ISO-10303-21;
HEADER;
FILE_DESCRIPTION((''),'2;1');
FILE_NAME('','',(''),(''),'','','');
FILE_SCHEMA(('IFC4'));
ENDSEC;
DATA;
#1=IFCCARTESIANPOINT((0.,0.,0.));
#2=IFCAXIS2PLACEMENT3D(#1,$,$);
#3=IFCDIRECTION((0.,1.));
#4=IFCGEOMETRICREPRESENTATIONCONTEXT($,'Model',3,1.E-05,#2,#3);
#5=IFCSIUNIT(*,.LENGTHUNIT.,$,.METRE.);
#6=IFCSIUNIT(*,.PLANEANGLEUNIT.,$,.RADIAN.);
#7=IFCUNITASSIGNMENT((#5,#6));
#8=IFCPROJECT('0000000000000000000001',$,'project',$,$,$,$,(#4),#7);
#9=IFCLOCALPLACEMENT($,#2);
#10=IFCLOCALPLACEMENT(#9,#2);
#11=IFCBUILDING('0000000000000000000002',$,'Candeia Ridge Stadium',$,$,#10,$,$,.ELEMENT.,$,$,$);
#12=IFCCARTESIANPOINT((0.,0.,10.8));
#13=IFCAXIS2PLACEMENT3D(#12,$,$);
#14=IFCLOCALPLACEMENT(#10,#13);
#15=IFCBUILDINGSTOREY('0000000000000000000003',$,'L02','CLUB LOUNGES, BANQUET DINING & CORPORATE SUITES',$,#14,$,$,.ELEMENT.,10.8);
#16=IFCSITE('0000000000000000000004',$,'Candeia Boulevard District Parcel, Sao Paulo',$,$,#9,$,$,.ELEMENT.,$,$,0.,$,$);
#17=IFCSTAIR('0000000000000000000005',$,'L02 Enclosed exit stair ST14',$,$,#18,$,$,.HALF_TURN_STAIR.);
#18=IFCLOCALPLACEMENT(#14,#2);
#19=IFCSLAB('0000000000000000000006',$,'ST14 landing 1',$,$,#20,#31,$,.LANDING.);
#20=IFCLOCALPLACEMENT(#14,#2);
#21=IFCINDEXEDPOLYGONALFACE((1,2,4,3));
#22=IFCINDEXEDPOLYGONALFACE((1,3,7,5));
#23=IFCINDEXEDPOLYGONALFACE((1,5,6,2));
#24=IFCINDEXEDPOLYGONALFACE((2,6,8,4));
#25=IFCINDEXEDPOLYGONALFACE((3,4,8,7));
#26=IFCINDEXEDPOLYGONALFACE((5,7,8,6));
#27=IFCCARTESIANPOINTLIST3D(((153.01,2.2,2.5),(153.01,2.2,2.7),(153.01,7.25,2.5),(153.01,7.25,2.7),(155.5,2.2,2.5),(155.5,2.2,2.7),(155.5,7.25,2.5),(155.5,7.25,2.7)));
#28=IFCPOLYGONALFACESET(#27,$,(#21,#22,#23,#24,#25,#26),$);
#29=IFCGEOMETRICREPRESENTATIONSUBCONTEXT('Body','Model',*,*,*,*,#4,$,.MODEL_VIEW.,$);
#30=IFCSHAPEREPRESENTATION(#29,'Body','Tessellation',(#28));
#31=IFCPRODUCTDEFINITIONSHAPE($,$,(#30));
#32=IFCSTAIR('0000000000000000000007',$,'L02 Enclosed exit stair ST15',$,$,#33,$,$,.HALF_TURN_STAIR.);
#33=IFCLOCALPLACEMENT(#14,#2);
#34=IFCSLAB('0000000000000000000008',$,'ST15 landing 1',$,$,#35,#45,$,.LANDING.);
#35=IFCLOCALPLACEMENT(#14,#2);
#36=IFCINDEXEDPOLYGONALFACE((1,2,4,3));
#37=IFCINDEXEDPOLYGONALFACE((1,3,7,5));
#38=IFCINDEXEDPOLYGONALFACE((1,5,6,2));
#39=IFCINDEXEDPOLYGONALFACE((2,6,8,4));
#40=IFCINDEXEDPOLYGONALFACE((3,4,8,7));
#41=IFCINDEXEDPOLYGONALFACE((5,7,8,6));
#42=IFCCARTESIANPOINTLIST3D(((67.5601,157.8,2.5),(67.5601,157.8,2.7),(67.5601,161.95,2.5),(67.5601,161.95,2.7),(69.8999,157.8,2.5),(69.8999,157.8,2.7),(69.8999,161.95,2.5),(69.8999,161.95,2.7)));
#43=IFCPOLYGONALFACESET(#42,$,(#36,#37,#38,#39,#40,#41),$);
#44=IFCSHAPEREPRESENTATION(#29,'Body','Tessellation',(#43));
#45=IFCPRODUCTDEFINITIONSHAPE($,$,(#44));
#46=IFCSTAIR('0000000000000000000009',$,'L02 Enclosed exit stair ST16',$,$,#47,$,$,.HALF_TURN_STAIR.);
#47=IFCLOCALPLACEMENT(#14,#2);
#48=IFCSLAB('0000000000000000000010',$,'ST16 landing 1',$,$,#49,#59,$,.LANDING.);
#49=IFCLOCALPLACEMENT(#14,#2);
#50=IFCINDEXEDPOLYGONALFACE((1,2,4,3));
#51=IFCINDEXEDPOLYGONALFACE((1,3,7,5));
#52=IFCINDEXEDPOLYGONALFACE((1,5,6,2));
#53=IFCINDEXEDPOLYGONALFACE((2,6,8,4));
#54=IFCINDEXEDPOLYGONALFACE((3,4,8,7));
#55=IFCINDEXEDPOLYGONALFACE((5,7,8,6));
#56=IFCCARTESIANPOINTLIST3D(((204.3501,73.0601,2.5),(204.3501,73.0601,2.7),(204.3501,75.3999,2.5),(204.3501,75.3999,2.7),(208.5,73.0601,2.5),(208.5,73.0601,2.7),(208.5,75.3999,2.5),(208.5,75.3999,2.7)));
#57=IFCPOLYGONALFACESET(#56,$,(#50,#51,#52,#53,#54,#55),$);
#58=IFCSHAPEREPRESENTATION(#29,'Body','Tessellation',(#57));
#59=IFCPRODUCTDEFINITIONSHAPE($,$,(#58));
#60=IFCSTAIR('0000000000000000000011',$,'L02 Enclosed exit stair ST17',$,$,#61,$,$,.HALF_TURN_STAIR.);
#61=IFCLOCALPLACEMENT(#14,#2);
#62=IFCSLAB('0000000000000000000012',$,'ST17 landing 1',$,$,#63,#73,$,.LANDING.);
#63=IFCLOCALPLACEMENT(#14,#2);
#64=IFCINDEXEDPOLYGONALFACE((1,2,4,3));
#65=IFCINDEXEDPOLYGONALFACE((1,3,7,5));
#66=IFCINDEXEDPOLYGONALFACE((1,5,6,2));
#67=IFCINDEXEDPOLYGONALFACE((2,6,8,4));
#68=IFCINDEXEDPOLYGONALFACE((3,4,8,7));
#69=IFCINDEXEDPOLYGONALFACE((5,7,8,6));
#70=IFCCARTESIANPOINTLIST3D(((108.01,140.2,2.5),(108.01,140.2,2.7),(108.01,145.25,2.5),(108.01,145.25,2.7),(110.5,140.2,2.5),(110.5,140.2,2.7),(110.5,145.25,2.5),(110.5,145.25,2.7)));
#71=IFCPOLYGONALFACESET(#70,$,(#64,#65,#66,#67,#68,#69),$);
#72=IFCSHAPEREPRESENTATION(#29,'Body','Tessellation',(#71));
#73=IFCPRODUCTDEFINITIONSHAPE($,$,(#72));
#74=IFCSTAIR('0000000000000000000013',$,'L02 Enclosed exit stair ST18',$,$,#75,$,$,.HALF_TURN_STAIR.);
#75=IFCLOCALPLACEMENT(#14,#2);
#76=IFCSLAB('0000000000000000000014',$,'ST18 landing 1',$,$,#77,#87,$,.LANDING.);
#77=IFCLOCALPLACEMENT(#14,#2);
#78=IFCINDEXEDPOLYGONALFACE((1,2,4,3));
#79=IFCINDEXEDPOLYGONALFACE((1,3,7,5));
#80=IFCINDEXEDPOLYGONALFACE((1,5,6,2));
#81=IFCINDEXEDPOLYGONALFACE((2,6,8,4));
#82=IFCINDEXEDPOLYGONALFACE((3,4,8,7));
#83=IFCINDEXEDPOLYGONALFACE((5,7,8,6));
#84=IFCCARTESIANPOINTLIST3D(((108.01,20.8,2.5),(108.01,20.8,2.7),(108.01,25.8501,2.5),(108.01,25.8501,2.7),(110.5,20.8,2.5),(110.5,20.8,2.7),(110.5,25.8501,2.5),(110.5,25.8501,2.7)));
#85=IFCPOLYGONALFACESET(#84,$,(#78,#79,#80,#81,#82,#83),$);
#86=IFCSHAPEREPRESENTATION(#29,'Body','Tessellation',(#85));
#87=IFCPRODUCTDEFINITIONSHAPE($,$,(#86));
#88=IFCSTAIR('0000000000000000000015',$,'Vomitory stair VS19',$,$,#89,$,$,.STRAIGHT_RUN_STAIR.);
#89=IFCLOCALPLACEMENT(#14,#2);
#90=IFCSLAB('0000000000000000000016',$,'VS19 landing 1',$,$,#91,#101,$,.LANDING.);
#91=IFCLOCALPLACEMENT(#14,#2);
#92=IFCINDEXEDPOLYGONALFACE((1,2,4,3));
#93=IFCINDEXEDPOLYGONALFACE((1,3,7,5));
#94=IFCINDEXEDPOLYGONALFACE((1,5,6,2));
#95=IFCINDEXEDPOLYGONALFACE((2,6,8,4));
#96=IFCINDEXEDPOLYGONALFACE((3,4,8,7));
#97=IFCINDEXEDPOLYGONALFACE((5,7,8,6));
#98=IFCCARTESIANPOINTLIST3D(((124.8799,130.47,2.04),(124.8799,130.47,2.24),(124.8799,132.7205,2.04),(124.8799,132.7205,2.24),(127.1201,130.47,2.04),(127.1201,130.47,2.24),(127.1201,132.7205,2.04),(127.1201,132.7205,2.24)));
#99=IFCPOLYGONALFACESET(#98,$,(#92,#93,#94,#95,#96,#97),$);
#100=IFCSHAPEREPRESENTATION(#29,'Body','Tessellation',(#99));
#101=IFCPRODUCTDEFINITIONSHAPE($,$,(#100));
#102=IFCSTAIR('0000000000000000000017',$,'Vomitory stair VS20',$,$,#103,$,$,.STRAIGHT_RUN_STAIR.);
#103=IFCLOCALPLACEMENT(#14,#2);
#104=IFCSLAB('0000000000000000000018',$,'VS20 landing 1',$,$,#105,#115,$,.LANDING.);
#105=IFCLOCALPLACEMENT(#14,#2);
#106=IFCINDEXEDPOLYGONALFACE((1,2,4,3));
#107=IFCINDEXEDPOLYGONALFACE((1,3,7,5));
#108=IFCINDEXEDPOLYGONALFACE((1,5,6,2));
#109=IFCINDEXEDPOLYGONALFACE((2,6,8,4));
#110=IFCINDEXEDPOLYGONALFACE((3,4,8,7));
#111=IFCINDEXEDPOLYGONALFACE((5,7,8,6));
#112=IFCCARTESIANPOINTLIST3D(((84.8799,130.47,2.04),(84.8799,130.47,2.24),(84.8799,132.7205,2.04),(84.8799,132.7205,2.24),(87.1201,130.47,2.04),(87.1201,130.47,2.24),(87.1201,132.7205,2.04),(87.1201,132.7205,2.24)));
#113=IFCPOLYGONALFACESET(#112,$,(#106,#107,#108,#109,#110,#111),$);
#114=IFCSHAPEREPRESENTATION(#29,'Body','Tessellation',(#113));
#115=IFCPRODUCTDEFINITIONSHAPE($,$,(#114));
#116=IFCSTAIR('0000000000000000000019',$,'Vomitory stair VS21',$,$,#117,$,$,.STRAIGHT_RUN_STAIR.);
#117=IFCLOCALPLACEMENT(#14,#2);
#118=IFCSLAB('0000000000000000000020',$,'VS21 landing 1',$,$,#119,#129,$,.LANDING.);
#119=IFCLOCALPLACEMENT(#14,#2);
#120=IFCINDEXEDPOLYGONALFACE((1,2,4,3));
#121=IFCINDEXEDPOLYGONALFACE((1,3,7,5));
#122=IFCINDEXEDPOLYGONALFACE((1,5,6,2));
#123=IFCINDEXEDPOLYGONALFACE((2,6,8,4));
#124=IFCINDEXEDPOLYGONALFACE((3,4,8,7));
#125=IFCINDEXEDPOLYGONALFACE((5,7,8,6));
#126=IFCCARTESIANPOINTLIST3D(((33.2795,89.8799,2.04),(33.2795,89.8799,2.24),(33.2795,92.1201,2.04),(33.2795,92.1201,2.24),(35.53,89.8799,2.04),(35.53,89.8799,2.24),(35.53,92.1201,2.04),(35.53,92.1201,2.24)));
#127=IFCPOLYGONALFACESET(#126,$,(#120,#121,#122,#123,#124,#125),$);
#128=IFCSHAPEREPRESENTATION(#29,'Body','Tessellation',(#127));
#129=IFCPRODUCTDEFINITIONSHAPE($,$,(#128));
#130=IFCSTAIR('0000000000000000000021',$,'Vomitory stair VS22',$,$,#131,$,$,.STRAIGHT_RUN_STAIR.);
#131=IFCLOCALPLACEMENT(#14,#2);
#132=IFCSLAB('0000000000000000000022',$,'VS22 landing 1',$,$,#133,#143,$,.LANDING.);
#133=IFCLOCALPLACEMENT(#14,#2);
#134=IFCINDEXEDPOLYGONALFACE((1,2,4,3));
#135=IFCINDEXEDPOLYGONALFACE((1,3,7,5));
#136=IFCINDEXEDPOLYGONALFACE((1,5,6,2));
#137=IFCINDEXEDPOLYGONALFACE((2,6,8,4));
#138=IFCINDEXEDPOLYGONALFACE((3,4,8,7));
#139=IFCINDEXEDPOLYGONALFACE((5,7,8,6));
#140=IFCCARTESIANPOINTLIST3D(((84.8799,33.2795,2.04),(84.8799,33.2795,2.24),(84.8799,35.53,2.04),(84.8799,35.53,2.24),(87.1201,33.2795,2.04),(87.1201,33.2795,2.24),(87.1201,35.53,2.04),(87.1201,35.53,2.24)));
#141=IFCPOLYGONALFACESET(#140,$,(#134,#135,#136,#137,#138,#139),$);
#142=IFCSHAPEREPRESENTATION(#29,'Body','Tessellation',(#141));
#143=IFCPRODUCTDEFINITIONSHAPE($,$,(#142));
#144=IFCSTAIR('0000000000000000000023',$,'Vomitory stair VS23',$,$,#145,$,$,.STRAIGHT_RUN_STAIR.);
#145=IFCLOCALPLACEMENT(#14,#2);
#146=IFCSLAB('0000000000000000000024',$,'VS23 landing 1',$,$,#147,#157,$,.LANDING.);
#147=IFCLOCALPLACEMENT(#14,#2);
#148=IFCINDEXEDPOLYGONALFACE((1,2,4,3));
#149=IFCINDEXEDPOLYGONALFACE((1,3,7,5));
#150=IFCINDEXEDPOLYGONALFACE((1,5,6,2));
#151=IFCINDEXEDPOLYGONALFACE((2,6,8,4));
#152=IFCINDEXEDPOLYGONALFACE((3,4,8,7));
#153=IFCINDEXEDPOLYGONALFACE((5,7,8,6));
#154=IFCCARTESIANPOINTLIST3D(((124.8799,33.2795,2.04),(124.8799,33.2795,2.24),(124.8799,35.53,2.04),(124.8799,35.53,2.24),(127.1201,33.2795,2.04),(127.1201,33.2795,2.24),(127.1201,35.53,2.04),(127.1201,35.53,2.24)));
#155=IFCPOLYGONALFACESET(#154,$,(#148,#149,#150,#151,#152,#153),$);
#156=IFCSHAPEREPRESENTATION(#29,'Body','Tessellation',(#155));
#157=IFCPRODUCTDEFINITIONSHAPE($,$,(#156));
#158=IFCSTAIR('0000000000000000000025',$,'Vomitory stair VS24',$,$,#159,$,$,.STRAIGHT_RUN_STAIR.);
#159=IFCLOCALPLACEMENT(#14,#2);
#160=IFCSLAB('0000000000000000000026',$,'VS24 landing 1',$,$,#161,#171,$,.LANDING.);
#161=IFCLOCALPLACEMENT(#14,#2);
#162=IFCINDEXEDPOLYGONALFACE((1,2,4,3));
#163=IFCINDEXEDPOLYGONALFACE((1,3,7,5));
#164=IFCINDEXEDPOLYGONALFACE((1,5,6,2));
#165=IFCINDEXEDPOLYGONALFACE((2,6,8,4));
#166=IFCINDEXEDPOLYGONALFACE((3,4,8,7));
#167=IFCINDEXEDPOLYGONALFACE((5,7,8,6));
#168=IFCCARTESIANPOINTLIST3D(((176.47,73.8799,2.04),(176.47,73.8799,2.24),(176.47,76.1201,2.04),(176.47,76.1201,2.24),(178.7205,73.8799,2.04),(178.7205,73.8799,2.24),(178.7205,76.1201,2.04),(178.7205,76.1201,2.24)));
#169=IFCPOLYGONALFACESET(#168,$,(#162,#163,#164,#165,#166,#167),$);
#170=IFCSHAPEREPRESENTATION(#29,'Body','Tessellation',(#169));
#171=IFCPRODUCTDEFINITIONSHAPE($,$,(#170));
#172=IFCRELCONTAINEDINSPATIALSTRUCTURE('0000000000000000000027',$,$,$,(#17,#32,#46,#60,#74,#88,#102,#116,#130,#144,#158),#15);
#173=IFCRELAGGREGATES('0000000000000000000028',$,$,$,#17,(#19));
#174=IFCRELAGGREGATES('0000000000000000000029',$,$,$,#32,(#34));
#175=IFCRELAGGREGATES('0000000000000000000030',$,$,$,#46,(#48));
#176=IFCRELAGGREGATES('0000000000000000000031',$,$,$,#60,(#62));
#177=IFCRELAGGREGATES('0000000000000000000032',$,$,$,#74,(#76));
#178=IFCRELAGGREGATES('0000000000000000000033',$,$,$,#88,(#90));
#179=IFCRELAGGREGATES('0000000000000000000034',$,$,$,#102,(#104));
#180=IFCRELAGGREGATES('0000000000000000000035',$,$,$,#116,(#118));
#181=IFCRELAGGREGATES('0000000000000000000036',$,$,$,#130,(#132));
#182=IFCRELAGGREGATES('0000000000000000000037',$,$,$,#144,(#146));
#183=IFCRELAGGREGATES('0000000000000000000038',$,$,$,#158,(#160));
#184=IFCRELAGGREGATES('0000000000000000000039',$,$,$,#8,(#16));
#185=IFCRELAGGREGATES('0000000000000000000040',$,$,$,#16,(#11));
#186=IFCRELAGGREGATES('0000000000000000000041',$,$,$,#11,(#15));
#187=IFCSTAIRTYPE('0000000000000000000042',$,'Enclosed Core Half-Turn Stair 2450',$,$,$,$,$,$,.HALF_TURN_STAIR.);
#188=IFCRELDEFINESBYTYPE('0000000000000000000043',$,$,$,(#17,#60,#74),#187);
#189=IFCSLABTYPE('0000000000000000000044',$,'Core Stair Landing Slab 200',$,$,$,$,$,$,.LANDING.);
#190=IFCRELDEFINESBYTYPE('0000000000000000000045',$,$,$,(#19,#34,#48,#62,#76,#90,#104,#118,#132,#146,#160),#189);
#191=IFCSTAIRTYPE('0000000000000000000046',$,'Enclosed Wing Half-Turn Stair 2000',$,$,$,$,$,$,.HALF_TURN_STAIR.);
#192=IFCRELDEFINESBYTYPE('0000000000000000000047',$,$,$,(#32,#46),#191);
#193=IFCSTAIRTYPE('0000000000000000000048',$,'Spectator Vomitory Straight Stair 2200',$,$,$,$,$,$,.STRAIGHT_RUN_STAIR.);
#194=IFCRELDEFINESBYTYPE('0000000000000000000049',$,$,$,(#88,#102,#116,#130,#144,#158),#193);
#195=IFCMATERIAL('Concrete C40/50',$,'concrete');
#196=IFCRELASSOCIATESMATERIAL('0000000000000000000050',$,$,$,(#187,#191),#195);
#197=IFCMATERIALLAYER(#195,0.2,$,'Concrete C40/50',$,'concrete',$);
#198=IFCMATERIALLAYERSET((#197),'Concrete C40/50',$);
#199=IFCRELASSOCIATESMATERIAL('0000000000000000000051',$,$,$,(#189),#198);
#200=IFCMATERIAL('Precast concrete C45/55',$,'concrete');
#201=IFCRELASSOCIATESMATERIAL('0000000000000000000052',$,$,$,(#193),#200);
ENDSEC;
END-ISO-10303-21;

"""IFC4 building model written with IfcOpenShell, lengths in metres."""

from ifc_helpers import new_model, si_unit, direction, frame, origin, place, context, subcontext, project, spatial, polyline, outline, extrude, material, layer, layer_set, type_object, element, aggregate, save


model = new_model("IFC4")

# Units and contexts
model_context = context("Model", 3, precision=1e-05, world=origin(), true_north=direction((0.0, 1.0)))
body_context = subcontext(model_context, "Body", "Model", "MODEL_VIEW")
ifc_project = project(units=[si_unit("LENGTHUNIT", "METRE"), si_unit("PLANEANGLEUNIT", "RADIAN")], contexts=[model_context])

# Site, building, storey
site_placement = place(None, origin())
site = spatial("IfcSite", under=ifc_project, at=site_placement, Name="Candeia Boulevard District Parcel, Sao Paulo", CompositionType="ELEMENT", RefElevation=0.0)
building_placement = place(site_placement, origin())
building = spatial("IfcBuilding", under=site, at=building_placement, Name="Candeia Ridge Stadium", CompositionType="ELEMENT")
storey_placement = place(building_placement, frame((0.0, 0.0, 10.8)))
storey = spatial("IfcBuildingStorey", under=building, at=storey_placement, Name="L02", Description="CLUB LOUNGES, BANQUET DINING & CORPORATE SUITES", CompositionType="ELEMENT", Elevation=10.8)

# Stairs, slabs
ifc_material_1 = material(Name="Concrete C40/50", Category="concrete")
stair_type_1 = type_object("IfcStairType", Name="Enclosed Core Half-Turn Stair 2450", PredefinedType="HALF_TURN_STAIR", material=ifc_material_1)
stair_1_placement = place(storey_placement, origin())
stair_1 = element("IfcStair", 1, at=stair_1_placement, inside=storey, type_object=stair_type_1, Name="L02 Enclosed exit stair ST14", PredefinedType="HALF_TURN_STAIR")
ifc_layer_1 = layer(ifc_material_1, 0.2, Name="Concrete C40/50", Category="concrete")
ifc_layer_set_1 = layer_set([ifc_layer_1], Name="Concrete C40/50")
slab_type = type_object("IfcSlabType", Name="Core Stair Landing Slab 200", PredefinedType="LANDING", material=ifc_layer_set_1)
slab_1_placement = place(storey_placement, frame((0.0, 0.0, 2.5)))
slab_1 = element("IfcSlab", 2, at=slab_1_placement, type_object=slab_type, Name="ST14 landing 1", PredefinedType="LANDING", context=body_context, shape_type="SweptSolid", body=[
    extrude(outline(polyline([(153.01, 2.2), (155.5, 2.2), (155.5, 7.25), (153.01, 7.25), (153.01, 2.2)])), origin(), (0.0, 0.0, 1.0), 0.2),
])
aggregate(stair_1, [slab_1])
stair_type_2 = type_object("IfcStairType", Name="Enclosed Wing Half-Turn Stair 2000", PredefinedType="HALF_TURN_STAIR", material=ifc_material_1)
stair_2_placement = place(storey_placement, origin())
stair_2 = element("IfcStair", 3, at=stair_2_placement, inside=storey, type_object=stair_type_2, Name="L02 Enclosed exit stair ST15", PredefinedType="HALF_TURN_STAIR")
slab_2_placement = place(storey_placement, frame((0.0, 0.0, 2.5)))
slab_2 = element("IfcSlab", 4, at=slab_2_placement, type_object=slab_type, Name="ST15 landing 1", PredefinedType="LANDING", context=body_context, shape_type="SweptSolid", body=[
    extrude(outline(polyline([(67.5601, 157.8), (69.8999, 157.8), (69.8999, 161.95), (67.5601, 161.95), (67.5601, 157.8)])), origin(), (0.0, 0.0, 1.0), 0.2),
])
aggregate(stair_2, [slab_2])
stair_3_placement = place(storey_placement, origin())
stair_3 = element("IfcStair", 5, at=stair_3_placement, inside=storey, type_object=stair_type_2, Name="L02 Enclosed exit stair ST16", PredefinedType="HALF_TURN_STAIR")
slab_3_placement = place(storey_placement, frame((0.0, 0.0, 2.5)))
slab_3 = element("IfcSlab", 6, at=slab_3_placement, type_object=slab_type, Name="ST16 landing 1", PredefinedType="LANDING", context=body_context, shape_type="SweptSolid", body=[
    extrude(outline(polyline([(208.5, 73.0601), (208.5, 75.3999), (204.3501, 75.3999), (204.3501, 73.0601), (208.5, 73.0601)])), origin(), (0.0, 0.0, 1.0), 0.2),
])
aggregate(stair_3, [slab_3])
stair_4_placement = place(storey_placement, origin())
stair_4 = element("IfcStair", 7, at=stair_4_placement, inside=storey, type_object=stair_type_1, Name="L02 Enclosed exit stair ST17", PredefinedType="HALF_TURN_STAIR")
slab_4_placement = place(storey_placement, frame((0.0, 0.0, 2.5)))
slab_4 = element("IfcSlab", 8, at=slab_4_placement, type_object=slab_type, Name="ST17 landing 1", PredefinedType="LANDING", context=body_context, shape_type="SweptSolid", body=[
    extrude(outline(polyline([(108.01, 140.2), (110.5, 140.2), (110.5, 145.25), (108.01, 145.25), (108.01, 140.2)])), origin(), (0.0, 0.0, 1.0), 0.2),
])
aggregate(stair_4, [slab_4])
stair_5_placement = place(storey_placement, origin())
stair_5 = element("IfcStair", 9, at=stair_5_placement, inside=storey, type_object=stair_type_1, Name="L02 Enclosed exit stair ST18", PredefinedType="HALF_TURN_STAIR")
slab_5_placement = place(storey_placement, frame((0.0, 0.0, 2.5)))
slab_5 = element("IfcSlab", 10, at=slab_5_placement, type_object=slab_type, Name="ST18 landing 1", PredefinedType="LANDING", context=body_context, shape_type="SweptSolid", body=[
    extrude(outline(polyline([(108.01, 20.8), (110.5, 20.8), (110.5, 25.8501), (108.01, 25.8501), (108.01, 20.8)])), origin(), (0.0, 0.0, 1.0), 0.2),
])
aggregate(stair_5, [slab_5])
ifc_material_2 = material(Name="Precast concrete C45/55", Category="concrete")
stair_type_3 = type_object("IfcStairType", Name="Spectator Vomitory Straight Stair 2200", PredefinedType="STRAIGHT_RUN_STAIR", material=ifc_material_2)
stair_6_placement = place(storey_placement, origin())
stair_6 = element("IfcStair", 11, at=stair_6_placement, inside=storey, type_object=stair_type_3, Name="Vomitory stair VS19", PredefinedType="STRAIGHT_RUN_STAIR")
slab_6_placement = place(storey_placement, frame((0.0, 0.0, 2.04)))
slab_6 = element("IfcSlab", 12, at=slab_6_placement, type_object=slab_type, Name="VS19 landing 1", PredefinedType="LANDING", context=body_context, shape_type="SweptSolid", body=[
    extrude(outline(polyline([(127.1201, 132.7205), (127.1201, 130.47), (124.8799, 130.47), (124.8799, 132.7205), (127.1201, 132.7205)])), origin(), (0.0, 0.0, 1.0), 0.2),
])
aggregate(stair_6, [slab_6])
stair_7_placement = place(storey_placement, origin())
stair_7 = element("IfcStair", 13, at=stair_7_placement, inside=storey, type_object=stair_type_3, Name="Vomitory stair VS20", PredefinedType="STRAIGHT_RUN_STAIR")
slab_7_placement = place(storey_placement, frame((0.0, 0.0, 2.04)))
slab_7 = element("IfcSlab", 14, at=slab_7_placement, type_object=slab_type, Name="VS20 landing 1", PredefinedType="LANDING", context=body_context, shape_type="SweptSolid", body=[
    extrude(outline(polyline([(87.1201, 132.7205), (87.1201, 130.47), (84.8799, 130.47), (84.8799, 132.7205), (87.1201, 132.7205)])), origin(), (0.0, 0.0, 1.0), 0.2),
])
aggregate(stair_7, [slab_7])
stair_8_placement = place(storey_placement, origin())
stair_8 = element("IfcStair", 15, at=stair_8_placement, inside=storey, type_object=stair_type_3, Name="Vomitory stair VS21", PredefinedType="STRAIGHT_RUN_STAIR")
slab_8_placement = place(storey_placement, frame((0.0, 0.0, 2.04)))
slab_8 = element("IfcSlab", 16, at=slab_8_placement, type_object=slab_type, Name="VS21 landing 1", PredefinedType="LANDING", context=body_context, shape_type="SweptSolid", body=[
    extrude(outline(polyline([(33.2795, 92.1201), (35.53, 92.1201), (35.53, 89.8799), (33.2795, 89.8799), (33.2795, 92.1201)])), origin(), (0.0, 0.0, 1.0), 0.2),
])
aggregate(stair_8, [slab_8])
stair_9_placement = place(storey_placement, origin())
stair_9 = element("IfcStair", 17, at=stair_9_placement, inside=storey, type_object=stair_type_3, Name="Vomitory stair VS22", PredefinedType="STRAIGHT_RUN_STAIR")
slab_9_placement = place(storey_placement, frame((0.0, 0.0, 2.04)))
slab_9 = element("IfcSlab", 18, at=slab_9_placement, type_object=slab_type, Name="VS22 landing 1", PredefinedType="LANDING", context=body_context, shape_type="SweptSolid", body=[
    extrude(outline(polyline([(84.8799, 33.2795), (84.8799, 35.53), (87.1201, 35.53), (87.1201, 33.2795), (84.8799, 33.2795)])), origin(), (0.0, 0.0, 1.0), 0.2),
])
aggregate(stair_9, [slab_9])
stair_10_placement = place(storey_placement, origin())
stair_10 = element("IfcStair", 19, at=stair_10_placement, inside=storey, type_object=stair_type_3, Name="Vomitory stair VS23", PredefinedType="STRAIGHT_RUN_STAIR")
slab_10_placement = place(storey_placement, frame((0.0, 0.0, 2.04)))
slab_10 = element("IfcSlab", 20, at=slab_10_placement, type_object=slab_type, Name="VS23 landing 1", PredefinedType="LANDING", context=body_context, shape_type="SweptSolid", body=[
    extrude(outline(polyline([(124.8799, 33.2795), (124.8799, 35.53), (127.1201, 35.53), (127.1201, 33.2795), (124.8799, 33.2795)])), origin(), (0.0, 0.0, 1.0), 0.2),
])
aggregate(stair_10, [slab_10])
stair_11_placement = place(storey_placement, origin())
stair_11 = element("IfcStair", 21, at=stair_11_placement, inside=storey, type_object=stair_type_3, Name="Vomitory stair VS24", PredefinedType="STRAIGHT_RUN_STAIR")
slab_11_placement = place(storey_placement, frame((0.0, 0.0, 2.04)))
slab_11 = element("IfcSlab", 22, at=slab_11_placement, type_object=slab_type, Name="VS24 landing 1", PredefinedType="LANDING", context=body_context, shape_type="SweptSolid", body=[
    extrude(outline(polyline([(178.7205, 73.8799), (176.47, 73.8799), (176.47, 76.1201), (178.7205, 76.1201), (178.7205, 73.8799)])), origin(), (0.0, 0.0, 1.0), 0.2),
])
aggregate(stair_11, [slab_11])

save(model, "model.ifc")
